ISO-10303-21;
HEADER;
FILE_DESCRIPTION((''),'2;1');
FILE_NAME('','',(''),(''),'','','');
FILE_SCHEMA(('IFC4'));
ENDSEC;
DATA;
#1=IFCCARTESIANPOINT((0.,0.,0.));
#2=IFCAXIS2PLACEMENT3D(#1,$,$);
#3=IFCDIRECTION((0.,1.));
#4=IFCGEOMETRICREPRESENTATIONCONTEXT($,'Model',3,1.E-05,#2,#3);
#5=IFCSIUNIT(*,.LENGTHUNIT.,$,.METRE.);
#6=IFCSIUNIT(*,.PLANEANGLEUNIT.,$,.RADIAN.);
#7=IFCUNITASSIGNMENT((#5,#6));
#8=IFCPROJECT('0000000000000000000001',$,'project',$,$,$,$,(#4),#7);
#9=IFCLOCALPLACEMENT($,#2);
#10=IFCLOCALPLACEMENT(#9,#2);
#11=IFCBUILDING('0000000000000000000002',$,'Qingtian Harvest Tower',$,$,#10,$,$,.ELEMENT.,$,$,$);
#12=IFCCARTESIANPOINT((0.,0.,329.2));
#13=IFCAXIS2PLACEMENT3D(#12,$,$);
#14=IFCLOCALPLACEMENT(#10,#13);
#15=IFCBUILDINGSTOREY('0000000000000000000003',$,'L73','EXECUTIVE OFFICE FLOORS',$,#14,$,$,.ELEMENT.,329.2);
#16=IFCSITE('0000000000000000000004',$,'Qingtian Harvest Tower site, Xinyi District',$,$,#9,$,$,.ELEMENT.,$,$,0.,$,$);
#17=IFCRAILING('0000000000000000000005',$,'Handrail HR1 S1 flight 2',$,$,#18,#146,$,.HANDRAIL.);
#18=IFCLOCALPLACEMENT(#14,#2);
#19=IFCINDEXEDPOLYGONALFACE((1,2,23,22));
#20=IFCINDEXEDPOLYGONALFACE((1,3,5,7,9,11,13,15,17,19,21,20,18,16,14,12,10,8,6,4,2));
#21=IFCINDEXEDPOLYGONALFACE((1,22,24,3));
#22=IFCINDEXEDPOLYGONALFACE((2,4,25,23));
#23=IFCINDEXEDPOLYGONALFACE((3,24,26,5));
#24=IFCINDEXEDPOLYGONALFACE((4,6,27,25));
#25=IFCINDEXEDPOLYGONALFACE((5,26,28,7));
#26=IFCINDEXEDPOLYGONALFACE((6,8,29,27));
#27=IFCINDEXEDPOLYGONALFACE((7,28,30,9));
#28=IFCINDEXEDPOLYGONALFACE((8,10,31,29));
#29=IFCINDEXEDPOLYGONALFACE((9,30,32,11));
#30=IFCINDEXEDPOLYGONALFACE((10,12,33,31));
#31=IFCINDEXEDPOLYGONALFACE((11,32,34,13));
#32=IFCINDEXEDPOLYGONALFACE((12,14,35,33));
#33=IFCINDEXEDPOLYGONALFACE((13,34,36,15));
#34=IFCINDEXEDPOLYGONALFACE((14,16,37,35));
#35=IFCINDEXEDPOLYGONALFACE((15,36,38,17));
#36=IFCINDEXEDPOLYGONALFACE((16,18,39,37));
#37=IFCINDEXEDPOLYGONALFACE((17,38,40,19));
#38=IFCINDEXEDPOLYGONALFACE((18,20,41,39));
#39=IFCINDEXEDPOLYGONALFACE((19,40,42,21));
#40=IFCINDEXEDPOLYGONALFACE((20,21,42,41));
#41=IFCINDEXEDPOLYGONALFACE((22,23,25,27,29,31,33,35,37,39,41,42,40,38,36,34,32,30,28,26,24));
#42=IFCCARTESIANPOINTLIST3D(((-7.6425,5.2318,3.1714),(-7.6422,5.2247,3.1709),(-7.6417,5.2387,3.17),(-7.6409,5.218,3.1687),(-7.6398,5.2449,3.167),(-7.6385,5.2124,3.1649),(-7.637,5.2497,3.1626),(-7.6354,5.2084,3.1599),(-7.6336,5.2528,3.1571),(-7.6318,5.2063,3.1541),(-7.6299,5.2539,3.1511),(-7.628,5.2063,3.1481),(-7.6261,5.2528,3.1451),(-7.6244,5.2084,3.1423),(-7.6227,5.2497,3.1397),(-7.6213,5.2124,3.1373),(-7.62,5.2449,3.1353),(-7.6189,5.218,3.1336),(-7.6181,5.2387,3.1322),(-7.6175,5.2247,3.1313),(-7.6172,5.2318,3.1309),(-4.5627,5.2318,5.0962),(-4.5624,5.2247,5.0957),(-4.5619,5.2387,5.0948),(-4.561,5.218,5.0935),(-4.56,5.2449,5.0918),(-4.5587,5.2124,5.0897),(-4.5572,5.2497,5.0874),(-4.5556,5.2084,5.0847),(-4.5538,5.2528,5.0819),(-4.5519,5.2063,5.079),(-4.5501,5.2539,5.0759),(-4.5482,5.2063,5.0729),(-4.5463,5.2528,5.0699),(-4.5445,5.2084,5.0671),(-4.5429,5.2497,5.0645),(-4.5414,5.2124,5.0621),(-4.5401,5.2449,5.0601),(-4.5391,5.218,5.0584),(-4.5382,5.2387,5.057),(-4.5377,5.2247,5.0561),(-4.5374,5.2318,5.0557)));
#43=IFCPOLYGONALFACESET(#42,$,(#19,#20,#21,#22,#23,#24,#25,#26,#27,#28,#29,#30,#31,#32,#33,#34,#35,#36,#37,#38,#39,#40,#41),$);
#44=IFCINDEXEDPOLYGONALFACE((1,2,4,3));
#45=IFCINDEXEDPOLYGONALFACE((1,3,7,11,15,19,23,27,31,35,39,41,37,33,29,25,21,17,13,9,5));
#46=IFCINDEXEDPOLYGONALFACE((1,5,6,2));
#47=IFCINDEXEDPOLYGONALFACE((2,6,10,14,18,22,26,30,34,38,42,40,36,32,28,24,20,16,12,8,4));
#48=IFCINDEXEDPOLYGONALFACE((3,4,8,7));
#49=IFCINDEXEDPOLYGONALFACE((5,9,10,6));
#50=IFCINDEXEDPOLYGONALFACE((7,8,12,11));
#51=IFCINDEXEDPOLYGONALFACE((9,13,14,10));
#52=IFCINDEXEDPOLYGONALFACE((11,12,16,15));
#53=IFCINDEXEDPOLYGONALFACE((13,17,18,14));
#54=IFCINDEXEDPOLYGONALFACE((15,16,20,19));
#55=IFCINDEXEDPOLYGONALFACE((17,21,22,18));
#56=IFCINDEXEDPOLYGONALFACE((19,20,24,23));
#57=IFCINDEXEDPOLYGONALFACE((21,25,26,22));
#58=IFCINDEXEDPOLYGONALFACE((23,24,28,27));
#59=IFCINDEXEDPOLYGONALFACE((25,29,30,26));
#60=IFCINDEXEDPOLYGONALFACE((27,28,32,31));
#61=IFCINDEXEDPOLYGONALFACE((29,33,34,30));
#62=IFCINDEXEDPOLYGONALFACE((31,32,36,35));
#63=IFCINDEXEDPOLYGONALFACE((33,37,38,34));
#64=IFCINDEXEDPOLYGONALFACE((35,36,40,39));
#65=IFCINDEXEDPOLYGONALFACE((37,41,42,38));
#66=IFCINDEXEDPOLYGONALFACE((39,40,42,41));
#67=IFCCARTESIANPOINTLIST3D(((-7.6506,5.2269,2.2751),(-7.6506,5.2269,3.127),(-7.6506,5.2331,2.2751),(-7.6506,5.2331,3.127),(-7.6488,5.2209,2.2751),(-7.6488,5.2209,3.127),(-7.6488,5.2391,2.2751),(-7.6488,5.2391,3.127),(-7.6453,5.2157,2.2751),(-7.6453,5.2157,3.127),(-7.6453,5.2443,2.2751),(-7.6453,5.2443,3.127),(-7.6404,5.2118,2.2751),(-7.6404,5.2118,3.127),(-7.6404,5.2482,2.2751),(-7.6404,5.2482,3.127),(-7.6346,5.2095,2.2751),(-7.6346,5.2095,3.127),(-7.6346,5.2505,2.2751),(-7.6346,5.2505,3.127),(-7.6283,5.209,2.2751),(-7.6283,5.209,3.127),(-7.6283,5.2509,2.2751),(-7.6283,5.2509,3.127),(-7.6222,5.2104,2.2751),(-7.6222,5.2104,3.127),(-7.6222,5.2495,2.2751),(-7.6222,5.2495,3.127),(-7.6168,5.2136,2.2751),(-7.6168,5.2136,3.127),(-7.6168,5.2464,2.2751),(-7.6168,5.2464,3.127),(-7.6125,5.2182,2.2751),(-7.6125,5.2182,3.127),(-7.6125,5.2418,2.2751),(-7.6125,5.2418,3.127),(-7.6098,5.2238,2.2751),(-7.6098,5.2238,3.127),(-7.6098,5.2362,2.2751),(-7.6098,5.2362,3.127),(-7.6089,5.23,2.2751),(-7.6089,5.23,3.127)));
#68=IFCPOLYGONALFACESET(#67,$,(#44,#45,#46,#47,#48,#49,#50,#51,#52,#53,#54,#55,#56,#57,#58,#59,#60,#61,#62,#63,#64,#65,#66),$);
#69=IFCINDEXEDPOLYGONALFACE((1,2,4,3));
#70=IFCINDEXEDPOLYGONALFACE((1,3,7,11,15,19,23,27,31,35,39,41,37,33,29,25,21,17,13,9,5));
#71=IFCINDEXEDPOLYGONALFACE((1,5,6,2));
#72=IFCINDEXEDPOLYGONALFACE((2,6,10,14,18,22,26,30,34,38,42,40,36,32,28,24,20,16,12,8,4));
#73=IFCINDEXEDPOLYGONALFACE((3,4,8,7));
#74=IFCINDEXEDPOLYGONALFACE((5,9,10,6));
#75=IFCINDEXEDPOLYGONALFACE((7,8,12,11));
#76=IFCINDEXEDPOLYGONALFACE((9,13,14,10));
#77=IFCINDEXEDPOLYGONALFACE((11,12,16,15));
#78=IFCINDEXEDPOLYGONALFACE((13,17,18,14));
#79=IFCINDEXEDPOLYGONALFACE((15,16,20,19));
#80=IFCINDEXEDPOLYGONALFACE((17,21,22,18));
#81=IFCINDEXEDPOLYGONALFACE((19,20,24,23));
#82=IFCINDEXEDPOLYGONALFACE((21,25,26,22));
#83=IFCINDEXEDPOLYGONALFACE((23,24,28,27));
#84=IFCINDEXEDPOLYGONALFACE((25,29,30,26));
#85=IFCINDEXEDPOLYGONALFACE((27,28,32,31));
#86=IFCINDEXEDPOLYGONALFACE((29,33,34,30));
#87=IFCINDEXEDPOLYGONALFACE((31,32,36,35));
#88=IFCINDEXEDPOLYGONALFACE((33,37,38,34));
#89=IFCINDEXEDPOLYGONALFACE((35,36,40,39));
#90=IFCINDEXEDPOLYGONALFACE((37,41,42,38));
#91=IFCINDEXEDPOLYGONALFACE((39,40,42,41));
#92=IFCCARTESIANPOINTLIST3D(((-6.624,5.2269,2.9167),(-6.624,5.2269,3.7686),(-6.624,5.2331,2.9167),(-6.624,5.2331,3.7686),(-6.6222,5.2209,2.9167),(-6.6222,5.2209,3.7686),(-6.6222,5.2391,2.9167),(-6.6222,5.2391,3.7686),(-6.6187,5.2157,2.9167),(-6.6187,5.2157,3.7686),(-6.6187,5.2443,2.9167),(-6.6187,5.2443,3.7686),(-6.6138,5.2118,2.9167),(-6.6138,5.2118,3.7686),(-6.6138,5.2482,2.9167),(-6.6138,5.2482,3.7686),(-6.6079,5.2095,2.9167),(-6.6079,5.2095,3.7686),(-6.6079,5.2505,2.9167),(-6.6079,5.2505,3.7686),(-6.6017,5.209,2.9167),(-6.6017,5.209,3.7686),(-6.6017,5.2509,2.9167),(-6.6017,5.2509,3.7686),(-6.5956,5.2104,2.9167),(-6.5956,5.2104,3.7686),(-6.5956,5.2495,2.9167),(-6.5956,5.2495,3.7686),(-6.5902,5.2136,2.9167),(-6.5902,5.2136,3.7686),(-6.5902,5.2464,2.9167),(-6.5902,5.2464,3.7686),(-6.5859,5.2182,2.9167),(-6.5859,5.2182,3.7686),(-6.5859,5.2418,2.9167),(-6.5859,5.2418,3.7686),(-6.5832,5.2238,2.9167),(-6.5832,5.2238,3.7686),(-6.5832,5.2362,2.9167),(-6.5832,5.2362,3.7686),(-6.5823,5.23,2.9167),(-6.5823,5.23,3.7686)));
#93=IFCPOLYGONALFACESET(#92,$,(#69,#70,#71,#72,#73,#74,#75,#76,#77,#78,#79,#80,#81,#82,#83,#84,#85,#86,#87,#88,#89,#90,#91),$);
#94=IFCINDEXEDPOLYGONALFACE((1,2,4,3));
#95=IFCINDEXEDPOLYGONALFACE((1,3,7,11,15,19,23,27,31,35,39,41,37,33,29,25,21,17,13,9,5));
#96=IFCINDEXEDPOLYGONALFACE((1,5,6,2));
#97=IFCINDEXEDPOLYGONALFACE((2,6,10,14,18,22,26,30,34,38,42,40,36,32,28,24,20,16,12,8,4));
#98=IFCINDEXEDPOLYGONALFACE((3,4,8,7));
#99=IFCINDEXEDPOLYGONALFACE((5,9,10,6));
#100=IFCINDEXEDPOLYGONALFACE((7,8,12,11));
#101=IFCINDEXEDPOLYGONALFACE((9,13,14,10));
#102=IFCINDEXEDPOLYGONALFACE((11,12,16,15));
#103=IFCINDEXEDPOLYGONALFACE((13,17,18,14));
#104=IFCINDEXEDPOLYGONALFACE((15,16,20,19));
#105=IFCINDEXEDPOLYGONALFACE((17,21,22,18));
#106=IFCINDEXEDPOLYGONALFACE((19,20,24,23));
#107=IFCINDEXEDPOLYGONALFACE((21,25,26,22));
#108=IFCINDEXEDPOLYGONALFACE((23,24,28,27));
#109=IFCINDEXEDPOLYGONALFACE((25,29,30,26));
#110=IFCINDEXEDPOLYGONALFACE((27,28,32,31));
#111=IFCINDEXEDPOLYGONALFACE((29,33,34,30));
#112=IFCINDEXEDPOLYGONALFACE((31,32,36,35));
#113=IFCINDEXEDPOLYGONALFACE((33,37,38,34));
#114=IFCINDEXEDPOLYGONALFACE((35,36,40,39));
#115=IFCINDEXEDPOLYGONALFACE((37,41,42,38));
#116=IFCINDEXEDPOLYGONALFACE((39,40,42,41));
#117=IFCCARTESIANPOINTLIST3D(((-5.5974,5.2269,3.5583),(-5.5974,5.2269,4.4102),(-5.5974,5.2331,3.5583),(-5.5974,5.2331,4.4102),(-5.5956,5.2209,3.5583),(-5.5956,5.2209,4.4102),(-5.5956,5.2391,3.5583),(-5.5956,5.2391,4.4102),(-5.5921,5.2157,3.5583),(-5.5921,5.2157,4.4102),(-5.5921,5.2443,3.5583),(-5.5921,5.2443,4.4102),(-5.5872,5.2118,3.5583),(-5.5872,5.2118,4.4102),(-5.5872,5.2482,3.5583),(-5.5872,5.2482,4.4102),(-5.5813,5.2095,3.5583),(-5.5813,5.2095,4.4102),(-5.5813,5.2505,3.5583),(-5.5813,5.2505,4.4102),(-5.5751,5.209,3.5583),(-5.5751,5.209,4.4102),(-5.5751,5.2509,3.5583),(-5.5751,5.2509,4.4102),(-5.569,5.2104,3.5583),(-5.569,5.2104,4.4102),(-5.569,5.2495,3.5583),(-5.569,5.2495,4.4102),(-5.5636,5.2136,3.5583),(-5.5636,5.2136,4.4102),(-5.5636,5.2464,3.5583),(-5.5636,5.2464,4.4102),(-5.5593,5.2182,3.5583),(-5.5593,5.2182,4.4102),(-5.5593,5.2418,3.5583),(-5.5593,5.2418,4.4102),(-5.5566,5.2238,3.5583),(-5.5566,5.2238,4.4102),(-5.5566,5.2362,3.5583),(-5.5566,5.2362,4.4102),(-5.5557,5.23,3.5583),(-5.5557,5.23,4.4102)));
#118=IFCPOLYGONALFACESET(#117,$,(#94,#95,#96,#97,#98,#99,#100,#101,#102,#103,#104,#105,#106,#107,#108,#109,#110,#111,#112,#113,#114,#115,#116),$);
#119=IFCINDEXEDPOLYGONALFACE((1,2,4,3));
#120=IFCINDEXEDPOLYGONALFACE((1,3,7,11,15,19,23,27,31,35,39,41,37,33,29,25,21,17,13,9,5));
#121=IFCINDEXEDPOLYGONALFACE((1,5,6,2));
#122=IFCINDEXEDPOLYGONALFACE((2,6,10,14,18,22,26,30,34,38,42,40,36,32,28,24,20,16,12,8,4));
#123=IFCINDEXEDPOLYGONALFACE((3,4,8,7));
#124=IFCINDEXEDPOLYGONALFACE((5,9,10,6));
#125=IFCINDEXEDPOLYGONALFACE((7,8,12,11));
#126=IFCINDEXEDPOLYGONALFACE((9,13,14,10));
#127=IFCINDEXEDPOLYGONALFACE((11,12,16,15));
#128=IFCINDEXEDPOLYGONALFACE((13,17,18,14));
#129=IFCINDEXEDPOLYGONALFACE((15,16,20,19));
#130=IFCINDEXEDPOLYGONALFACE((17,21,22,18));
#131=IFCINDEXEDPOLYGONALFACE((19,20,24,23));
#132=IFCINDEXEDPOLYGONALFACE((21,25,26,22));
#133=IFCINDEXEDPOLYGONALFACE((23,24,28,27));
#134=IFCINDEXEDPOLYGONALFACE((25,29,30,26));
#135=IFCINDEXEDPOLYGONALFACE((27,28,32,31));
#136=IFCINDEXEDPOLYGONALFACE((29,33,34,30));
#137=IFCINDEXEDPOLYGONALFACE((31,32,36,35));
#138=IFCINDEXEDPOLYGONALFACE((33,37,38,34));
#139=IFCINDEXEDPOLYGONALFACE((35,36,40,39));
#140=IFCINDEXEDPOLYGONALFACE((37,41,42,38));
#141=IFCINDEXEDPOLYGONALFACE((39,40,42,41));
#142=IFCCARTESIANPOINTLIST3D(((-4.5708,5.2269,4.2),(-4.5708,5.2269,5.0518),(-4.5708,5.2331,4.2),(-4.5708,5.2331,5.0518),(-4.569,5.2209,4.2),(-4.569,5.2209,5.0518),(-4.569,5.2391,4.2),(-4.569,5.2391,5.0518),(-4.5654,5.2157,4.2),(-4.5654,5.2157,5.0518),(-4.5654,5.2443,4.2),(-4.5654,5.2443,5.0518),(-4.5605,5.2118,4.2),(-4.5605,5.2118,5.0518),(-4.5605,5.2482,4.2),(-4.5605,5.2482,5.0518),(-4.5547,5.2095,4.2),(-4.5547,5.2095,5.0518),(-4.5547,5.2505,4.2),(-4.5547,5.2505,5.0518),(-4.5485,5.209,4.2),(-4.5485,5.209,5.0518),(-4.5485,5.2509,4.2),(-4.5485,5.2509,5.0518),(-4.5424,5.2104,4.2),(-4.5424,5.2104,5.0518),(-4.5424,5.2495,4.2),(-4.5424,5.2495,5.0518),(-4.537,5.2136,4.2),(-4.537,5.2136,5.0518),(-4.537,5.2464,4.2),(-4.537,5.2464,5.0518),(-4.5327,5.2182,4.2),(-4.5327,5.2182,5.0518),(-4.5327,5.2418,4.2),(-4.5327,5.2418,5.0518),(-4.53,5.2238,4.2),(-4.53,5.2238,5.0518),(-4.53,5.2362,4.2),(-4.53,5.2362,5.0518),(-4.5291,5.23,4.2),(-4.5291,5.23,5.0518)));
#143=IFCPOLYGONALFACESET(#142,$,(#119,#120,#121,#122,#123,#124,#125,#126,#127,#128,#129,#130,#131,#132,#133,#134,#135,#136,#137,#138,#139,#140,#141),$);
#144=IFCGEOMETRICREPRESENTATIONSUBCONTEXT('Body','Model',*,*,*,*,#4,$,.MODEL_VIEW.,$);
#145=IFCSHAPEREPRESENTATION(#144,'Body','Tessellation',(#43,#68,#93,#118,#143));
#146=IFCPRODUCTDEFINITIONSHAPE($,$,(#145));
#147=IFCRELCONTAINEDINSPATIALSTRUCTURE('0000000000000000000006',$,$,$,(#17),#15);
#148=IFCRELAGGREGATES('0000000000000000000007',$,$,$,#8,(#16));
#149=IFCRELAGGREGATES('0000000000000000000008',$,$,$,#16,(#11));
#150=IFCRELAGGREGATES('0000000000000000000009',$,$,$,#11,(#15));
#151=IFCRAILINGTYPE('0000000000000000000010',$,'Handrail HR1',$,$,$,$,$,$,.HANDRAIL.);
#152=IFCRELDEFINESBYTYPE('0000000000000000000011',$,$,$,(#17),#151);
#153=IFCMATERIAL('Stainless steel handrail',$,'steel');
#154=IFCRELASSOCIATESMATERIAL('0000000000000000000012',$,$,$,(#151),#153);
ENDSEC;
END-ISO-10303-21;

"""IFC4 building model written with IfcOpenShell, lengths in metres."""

from ifc_helpers import new_model, si_unit, direction, frame, origin, origin_2d, place, context, subcontext, project, spatial, circle, extrude, material, type_object, element, save


model = new_model("IFC4")

# Units and contexts
model_context = context("Model", 3, precision=1e-05, world=origin(), true_north=direction((0.0, 1.0)))
body_context = subcontext(model_context, "Body", "Model", "MODEL_VIEW")
ifc_project = project(units=[si_unit("LENGTHUNIT", "METRE"), si_unit("PLANEANGLEUNIT", "RADIAN")], contexts=[model_context])

# Site, building, storey
site_placement = place(None, origin())
site = spatial("IfcSite", under=ifc_project, at=site_placement, Name="Qingtian Harvest Tower site, Xinyi District", CompositionType="ELEMENT", RefElevation=0.0)
building_placement = place(site_placement, origin())
building = spatial("IfcBuilding", under=site, at=building_placement, Name="Qingtian Harvest Tower", CompositionType="ELEMENT")
storey_placement = place(building_placement, frame((0.0, 0.0, 329.2)))
storey = spatial("IfcBuildingStorey", under=building, at=storey_placement, Name="L73", Description="EXECUTIVE OFFICE FLOORS", CompositionType="ELEMENT", Elevation=329.2)

# Railing
ifc_material_1 = material(Name="Stainless steel handrail", Category="steel")
railing_type = type_object("IfcRailingType", Name="Handrail HR1", PredefinedType="HANDRAIL", material=ifc_material_1)
railing_placement = place(storey_placement, frame((-7.6299, 5.23, 2.2751)))
element("IfcRailing", 1, at=railing_placement, inside=storey, type_object=railing_type, Name="Handrail HR1 S1 flight 2", PredefinedType="HANDRAIL", context=body_context, shape_type="SweptSolid", body=[
    extrude(circle(Radius=0.0239, at=origin_2d()), frame((0.0, 0.0, 0.876), z_axis=(0.84801, 0.0, 0.529981), x_axis=(0.0, 1.0, 0.0)), (0.0, 0.0, 1.0), 3.6318),
    extrude(circle(Radius=0.021, at=origin_2d()), origin(), (0.0, 0.0, 1.0), 0.8518),
    extrude(circle(Radius=0.021, at=origin_2d()), frame((1.0266, 0.0, 0.6416)), (0.0, 0.0, 1.0), 0.8518),
    extrude(circle(Radius=0.021, at=origin_2d()), frame((2.0532, 0.0, 1.2832)), (0.0, 0.0, 1.0), 0.8518),
    extrude(circle(Radius=0.021, at=origin_2d()), frame((3.0798, 0.0, 1.9248)), (0.0, 0.0, 1.0), 0.8518),
])

save(model, "model.ifc")
